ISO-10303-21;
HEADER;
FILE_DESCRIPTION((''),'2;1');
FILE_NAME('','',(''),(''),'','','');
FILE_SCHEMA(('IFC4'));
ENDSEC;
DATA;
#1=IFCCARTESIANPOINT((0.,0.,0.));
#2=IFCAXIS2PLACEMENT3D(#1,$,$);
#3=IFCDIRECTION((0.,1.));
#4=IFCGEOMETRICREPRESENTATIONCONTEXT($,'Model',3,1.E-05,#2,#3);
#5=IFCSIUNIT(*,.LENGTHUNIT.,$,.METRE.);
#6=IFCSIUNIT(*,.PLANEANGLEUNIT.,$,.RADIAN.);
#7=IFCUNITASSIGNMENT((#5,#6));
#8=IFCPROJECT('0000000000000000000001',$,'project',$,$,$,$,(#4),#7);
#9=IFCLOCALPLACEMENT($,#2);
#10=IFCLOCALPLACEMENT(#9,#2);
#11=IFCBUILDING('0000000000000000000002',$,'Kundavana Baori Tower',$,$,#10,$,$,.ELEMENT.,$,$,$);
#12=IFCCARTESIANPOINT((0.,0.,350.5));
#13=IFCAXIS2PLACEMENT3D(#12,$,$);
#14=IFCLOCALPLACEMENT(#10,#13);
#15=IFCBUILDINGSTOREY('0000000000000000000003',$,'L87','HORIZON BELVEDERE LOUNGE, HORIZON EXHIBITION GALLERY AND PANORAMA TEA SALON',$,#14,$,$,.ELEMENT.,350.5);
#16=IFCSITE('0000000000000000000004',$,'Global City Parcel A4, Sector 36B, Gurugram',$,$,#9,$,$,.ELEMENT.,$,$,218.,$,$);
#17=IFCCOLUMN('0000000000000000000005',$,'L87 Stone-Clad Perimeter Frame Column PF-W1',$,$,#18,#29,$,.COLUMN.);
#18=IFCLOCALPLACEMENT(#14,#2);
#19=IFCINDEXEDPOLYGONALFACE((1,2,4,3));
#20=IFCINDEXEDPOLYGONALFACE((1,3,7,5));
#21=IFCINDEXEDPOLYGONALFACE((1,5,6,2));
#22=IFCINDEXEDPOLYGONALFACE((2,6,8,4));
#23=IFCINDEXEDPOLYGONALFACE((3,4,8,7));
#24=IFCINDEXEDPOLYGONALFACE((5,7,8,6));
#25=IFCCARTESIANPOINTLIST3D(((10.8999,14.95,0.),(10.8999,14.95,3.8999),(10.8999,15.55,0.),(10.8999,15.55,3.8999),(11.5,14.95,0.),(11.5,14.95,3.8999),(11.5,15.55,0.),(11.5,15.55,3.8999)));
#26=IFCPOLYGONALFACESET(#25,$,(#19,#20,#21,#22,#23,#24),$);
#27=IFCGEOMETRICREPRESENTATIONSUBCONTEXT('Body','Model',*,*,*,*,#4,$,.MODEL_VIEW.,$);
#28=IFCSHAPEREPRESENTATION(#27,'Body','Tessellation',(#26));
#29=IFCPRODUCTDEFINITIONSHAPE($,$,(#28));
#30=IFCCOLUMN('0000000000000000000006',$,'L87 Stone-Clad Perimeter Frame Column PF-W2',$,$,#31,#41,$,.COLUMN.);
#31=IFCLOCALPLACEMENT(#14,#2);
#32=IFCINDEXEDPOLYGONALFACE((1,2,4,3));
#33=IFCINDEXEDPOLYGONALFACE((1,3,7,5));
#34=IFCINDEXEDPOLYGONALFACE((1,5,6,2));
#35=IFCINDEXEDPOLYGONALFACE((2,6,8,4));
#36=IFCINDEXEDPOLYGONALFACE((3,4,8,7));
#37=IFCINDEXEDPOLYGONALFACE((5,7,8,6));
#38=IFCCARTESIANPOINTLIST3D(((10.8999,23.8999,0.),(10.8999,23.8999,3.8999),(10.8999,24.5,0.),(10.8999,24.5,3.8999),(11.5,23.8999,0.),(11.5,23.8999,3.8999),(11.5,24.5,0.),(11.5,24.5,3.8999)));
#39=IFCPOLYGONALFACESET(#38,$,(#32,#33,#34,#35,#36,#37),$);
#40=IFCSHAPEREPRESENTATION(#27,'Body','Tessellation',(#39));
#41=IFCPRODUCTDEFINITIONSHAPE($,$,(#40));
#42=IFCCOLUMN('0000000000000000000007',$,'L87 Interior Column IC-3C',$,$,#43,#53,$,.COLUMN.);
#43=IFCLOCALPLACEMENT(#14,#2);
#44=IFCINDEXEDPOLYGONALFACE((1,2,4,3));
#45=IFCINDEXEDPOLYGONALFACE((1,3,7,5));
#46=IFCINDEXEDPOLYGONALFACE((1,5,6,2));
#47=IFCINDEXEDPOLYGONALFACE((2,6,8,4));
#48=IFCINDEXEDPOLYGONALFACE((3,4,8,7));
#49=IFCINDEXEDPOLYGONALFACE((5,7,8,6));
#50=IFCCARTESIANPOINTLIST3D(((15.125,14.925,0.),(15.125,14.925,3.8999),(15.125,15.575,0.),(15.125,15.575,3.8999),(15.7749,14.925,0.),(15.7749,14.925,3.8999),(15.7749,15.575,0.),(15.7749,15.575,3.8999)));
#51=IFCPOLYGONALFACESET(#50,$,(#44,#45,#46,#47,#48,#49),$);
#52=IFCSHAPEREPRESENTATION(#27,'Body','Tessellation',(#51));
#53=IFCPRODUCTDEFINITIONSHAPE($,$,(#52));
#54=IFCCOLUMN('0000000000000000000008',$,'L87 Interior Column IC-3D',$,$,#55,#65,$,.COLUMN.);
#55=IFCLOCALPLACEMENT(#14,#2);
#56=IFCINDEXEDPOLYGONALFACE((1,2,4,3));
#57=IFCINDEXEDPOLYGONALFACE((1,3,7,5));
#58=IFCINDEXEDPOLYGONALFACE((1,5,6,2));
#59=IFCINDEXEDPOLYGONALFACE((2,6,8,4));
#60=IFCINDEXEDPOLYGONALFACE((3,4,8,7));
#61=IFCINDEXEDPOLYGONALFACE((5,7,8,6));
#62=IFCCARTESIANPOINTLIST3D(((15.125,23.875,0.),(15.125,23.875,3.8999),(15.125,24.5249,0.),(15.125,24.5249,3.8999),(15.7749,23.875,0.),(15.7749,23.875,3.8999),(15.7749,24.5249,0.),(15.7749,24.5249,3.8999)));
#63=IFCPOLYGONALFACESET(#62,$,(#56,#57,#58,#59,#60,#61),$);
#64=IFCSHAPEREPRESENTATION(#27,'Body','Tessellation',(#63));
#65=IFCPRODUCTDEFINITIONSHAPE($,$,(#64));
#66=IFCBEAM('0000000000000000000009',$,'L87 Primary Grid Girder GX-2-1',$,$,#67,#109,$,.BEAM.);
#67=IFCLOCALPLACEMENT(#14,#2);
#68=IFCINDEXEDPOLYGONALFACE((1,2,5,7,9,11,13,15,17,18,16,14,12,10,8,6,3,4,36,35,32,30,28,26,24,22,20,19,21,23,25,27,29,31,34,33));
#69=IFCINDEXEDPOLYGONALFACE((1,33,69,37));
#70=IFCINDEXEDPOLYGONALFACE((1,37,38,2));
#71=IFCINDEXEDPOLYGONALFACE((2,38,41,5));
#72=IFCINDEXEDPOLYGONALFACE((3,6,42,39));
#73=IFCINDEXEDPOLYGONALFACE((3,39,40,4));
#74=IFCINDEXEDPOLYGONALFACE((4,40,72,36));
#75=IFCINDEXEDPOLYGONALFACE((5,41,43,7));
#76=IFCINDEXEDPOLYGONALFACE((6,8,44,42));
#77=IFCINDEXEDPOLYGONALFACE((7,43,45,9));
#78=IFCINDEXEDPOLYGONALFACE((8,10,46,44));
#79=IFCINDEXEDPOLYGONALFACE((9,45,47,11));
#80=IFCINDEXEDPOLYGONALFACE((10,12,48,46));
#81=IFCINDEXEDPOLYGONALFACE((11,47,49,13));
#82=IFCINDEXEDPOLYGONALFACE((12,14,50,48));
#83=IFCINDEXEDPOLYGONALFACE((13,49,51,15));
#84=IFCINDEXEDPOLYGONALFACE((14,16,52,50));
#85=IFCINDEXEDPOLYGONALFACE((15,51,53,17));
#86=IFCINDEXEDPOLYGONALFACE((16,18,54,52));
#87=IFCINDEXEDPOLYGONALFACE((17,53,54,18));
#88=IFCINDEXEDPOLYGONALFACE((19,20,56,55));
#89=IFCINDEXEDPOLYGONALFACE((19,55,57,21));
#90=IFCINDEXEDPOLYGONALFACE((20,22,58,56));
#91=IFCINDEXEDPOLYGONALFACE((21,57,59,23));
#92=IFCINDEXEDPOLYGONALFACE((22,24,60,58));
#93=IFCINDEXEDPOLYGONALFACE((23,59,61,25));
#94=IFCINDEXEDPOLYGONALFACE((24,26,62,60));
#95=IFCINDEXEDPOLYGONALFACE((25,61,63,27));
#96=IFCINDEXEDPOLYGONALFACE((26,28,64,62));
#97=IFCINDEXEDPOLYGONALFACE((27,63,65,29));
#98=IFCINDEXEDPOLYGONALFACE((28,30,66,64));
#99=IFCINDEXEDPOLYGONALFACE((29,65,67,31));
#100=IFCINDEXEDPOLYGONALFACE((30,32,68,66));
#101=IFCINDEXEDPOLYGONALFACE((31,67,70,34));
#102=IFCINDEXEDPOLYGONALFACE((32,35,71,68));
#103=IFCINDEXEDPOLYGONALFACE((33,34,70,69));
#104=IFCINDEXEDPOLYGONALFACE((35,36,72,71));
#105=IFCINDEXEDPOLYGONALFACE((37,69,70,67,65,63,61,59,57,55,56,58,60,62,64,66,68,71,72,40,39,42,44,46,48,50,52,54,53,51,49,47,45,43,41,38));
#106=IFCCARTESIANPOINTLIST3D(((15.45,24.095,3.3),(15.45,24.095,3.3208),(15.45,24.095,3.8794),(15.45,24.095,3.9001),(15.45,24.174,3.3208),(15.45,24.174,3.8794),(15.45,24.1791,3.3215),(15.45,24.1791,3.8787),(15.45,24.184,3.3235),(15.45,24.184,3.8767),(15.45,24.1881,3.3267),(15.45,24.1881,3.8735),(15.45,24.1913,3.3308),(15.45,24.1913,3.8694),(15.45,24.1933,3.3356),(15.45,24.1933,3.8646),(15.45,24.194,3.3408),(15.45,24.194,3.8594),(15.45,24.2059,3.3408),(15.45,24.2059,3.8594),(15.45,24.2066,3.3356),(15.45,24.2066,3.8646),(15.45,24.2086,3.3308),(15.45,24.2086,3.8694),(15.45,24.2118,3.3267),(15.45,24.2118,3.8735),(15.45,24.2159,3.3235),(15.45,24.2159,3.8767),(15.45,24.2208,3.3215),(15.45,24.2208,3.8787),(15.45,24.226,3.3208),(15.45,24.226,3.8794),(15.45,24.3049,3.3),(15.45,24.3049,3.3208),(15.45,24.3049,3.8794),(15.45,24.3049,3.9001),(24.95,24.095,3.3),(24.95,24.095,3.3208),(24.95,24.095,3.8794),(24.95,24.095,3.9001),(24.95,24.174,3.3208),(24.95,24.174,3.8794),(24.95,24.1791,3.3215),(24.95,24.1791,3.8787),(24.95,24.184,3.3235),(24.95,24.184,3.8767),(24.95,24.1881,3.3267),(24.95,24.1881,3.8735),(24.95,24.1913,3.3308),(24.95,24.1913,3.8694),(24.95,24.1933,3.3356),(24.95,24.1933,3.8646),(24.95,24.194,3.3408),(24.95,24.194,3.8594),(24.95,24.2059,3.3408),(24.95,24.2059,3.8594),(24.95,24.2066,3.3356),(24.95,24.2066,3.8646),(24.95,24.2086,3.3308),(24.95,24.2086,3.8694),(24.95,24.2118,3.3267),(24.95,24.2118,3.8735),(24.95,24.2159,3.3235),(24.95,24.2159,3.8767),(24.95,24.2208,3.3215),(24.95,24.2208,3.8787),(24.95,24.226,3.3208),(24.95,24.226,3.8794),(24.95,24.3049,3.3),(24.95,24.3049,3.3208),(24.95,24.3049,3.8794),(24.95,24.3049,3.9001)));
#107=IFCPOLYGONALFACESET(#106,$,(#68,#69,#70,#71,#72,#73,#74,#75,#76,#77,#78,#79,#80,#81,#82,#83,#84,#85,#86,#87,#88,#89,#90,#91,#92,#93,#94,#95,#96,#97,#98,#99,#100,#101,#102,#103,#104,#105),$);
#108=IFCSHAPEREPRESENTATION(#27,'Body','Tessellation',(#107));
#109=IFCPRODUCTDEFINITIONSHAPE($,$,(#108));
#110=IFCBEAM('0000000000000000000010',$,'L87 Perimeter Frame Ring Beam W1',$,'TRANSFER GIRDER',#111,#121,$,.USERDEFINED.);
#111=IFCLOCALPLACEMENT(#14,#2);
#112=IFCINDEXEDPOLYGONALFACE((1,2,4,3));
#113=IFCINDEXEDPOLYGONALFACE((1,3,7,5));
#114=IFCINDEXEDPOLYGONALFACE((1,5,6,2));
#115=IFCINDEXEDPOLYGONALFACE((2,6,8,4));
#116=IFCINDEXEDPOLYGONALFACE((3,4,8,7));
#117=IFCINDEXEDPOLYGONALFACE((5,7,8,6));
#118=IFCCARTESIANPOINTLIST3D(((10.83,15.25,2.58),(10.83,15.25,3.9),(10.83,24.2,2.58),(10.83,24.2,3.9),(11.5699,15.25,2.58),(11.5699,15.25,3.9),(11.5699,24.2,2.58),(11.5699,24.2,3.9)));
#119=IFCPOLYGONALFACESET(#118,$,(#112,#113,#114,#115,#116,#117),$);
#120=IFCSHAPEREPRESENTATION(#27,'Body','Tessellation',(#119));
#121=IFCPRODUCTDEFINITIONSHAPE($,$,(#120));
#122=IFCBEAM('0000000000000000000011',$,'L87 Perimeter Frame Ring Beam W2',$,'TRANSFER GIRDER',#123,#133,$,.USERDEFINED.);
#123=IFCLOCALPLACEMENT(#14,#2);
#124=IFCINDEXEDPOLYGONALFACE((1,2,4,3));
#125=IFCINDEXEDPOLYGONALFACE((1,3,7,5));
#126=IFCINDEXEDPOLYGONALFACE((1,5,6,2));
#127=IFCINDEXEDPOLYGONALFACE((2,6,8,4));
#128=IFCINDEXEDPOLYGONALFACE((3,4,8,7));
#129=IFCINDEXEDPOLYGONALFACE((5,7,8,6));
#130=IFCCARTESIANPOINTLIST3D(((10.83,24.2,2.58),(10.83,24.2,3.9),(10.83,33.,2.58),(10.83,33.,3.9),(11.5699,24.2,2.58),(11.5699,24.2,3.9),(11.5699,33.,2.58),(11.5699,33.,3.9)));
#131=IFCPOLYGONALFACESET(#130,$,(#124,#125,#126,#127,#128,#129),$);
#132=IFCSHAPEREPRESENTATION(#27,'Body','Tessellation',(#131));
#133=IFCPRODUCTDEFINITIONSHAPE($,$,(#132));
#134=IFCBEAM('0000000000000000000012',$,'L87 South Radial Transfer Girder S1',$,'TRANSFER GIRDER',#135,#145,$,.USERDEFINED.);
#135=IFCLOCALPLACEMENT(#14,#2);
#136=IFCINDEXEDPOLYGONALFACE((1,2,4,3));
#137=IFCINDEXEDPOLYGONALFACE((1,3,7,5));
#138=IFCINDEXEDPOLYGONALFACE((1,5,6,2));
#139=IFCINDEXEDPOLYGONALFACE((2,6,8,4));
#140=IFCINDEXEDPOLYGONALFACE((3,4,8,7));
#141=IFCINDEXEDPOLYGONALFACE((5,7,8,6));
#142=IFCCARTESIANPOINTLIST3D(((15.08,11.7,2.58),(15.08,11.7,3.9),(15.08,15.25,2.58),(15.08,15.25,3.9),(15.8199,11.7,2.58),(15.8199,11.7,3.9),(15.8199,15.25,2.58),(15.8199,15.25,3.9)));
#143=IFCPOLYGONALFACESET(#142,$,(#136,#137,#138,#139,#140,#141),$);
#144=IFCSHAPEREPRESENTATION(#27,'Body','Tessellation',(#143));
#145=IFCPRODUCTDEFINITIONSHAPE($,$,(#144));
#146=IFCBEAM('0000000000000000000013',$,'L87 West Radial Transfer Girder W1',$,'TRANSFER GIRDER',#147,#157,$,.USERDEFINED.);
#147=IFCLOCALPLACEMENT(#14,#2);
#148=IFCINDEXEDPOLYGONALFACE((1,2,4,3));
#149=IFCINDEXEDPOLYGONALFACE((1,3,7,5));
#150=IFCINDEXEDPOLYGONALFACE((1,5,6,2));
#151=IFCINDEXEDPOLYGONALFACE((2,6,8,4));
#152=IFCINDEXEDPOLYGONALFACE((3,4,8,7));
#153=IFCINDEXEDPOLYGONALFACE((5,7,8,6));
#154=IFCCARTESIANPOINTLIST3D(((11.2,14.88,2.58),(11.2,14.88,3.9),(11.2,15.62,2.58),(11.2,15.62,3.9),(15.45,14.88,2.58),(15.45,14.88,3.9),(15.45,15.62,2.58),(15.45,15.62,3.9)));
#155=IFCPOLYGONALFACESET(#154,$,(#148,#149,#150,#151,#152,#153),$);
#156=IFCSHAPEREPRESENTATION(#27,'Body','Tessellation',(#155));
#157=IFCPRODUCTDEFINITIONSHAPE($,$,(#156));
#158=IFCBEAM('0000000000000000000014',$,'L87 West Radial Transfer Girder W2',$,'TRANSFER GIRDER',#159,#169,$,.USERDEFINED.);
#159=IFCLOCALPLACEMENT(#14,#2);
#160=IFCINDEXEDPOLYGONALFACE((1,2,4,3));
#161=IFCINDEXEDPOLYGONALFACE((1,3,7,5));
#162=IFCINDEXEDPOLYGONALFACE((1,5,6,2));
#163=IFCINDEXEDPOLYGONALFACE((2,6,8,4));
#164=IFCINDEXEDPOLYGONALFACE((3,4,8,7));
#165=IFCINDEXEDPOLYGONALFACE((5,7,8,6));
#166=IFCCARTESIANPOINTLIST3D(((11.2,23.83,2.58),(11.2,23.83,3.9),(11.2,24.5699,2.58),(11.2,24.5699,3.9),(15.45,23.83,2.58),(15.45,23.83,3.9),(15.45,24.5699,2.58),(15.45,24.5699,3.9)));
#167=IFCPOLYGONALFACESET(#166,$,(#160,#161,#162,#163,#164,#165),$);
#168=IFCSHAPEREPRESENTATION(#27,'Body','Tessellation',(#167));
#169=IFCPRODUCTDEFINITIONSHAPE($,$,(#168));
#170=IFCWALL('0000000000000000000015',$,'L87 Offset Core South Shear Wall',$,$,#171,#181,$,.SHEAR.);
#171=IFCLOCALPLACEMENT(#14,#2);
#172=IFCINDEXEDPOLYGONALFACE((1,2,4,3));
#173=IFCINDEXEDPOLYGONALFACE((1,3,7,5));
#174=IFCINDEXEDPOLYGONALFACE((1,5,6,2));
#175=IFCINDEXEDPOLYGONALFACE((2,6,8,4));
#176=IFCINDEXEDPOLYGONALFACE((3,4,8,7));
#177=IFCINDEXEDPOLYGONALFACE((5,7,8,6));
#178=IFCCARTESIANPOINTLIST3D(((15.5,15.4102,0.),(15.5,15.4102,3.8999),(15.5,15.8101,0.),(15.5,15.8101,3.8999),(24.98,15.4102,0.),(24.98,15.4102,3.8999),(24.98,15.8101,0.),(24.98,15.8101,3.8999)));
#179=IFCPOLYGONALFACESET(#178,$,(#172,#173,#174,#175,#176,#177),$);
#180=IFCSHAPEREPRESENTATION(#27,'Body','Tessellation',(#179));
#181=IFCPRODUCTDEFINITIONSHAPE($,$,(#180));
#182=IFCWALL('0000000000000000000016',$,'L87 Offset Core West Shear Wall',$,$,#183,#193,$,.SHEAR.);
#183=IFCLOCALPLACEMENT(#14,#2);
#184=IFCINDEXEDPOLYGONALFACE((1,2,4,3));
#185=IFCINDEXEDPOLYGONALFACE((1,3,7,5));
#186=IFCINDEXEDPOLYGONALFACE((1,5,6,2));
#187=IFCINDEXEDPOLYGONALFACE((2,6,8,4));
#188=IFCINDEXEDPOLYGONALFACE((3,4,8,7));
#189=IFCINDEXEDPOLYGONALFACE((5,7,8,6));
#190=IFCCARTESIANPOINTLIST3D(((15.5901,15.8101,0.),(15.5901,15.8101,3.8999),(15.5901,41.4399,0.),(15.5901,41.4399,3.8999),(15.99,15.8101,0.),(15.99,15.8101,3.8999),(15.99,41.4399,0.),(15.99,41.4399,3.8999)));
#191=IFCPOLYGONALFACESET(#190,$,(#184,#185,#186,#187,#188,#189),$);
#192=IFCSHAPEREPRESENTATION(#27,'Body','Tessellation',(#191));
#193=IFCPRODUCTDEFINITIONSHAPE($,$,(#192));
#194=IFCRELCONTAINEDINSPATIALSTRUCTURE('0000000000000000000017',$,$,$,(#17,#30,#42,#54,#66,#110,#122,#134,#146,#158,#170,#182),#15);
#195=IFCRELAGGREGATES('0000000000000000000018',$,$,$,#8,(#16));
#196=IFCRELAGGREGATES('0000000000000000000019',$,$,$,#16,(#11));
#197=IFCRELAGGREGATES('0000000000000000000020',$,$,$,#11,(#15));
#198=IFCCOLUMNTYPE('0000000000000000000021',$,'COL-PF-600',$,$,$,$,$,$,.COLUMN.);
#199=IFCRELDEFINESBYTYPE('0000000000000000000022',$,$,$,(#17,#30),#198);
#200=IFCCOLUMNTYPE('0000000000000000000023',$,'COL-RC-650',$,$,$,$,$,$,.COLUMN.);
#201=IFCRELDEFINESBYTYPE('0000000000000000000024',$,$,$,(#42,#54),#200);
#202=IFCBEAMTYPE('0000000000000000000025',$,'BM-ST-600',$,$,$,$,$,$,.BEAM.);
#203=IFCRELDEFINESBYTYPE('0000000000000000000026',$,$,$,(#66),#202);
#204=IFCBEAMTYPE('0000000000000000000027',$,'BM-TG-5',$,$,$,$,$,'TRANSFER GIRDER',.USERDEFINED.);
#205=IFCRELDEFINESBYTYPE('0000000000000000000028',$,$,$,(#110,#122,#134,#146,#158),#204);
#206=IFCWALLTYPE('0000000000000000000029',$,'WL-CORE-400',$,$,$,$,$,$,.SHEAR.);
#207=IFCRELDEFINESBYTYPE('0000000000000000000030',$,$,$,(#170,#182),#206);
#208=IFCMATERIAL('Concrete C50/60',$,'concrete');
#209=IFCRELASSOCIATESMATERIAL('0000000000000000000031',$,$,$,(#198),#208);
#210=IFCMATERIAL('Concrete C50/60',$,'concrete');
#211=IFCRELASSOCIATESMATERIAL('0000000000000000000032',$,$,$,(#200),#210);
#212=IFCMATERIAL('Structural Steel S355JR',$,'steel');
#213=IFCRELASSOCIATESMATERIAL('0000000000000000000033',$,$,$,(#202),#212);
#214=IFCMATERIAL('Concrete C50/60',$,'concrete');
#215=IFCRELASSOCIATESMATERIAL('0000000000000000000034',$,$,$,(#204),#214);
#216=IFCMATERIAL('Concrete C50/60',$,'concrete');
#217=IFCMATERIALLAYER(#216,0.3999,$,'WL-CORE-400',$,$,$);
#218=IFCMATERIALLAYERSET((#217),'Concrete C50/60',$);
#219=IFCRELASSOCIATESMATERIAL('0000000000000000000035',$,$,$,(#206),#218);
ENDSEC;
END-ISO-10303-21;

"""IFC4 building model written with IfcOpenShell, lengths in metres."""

from ifc_helpers import new_model, si_unit, direction, frame, frame_2d, origin, origin_2d, place, context, subcontext, project, spatial, rectangle, i_section, extrude, material, layer, layer_set, material_profile, profile_set, type_object, element, save


model = new_model("IFC4")

# Units and contexts
model_context = context("Model", 3, precision=1e-05, world=origin(), true_north=direction((0.0, 1.0)))
body_context = subcontext(model_context, "Body", "Model", "MODEL_VIEW")
ifc_project = project(units=[si_unit("LENGTHUNIT", "METRE"), si_unit("PLANEANGLEUNIT", "RADIAN")], contexts=[model_context])

# Site, building, storey
site_placement = place(None, origin())
site = spatial("IfcSite", under=ifc_project, at=site_placement, Name="Global City Parcel A4, Sector 36B, Gurugram", CompositionType="ELEMENT", RefElevation=218.0)
building_placement = place(site_placement, origin())
building = spatial("IfcBuilding", under=site, at=building_placement, Name="Kundavana Baori Tower", CompositionType="ELEMENT")
storey_placement = place(building_placement, frame((0.0, 0.0, 350.5)))
storey = spatial("IfcBuildingStorey", under=building, at=storey_placement, Name="L87", Description="HORIZON BELVEDERE LOUNGE, HORIZON EXHIBITION GALLERY AND PANORAMA TEA SALON", CompositionType="ELEMENT", Elevation=350.5)

# Columns
ifc_material_1 = material(Name="Concrete C50/60", Category="concrete")
ifc_material_profile_1 = material_profile(ifc_material_1, rectangle(XDim=0.6001, YDim=0.6001, at=origin_2d()), Name="RC PF 600x600")
ifc_profile_set_1 = profile_set([ifc_material_profile_1], Name="Concrete C50/60")
column_type_1 = type_object("IfcColumnType", Name="COL-PF-600", PredefinedType="COLUMN", material=ifc_profile_set_1)
for number, where, z_axis, x_axis, name in (
    (1, (11.2, 15.25, 0.0), (0.0, 0.0, 1.0), (1.0, 0.0, 0.0), "L87 Stone-Clad Perimeter Frame Column PF-W1"),
    (2, (11.2, 24.2, 0.0), (0.0, 0.0, 1.0), (1.0, 0.0, 0.0), "L87 Stone-Clad Perimeter Frame Column PF-W2"),
):
    element("IfcColumn", number, at=place(storey_placement, frame(where, z_axis=z_axis, x_axis=x_axis)), inside=storey, type_object=column_type_1, Name=name, PredefinedType="COLUMN", context=body_context, shape_type="SweptSolid", body=[
        extrude(rectangle(XDim=0.6001, YDim=0.6001, at=origin_2d()), origin(), (0.0, 0.0, 1.0), 3.8999),
    ])
ifc_material_2 = material(Name="Concrete C50/60", Category="concrete")
ifc_material_profile_2 = material_profile(ifc_material_2, rectangle(XDim=0.6499, YDim=0.6499, at=origin_2d()), Name="RC 650x650")
ifc_profile_set_2 = profile_set([ifc_material_profile_2], Name="Concrete C50/60")
column_type_2 = type_object("IfcColumnType", Name="COL-RC-650", PredefinedType="COLUMN", material=ifc_profile_set_2)
for number, where, z_axis, x_axis, name in (
    (3, (15.45, 15.25, 0.0), (0.0, 0.0, 1.0), (1.0, 0.0, 0.0), "L87 Interior Column IC-3C"),
    (4, (15.45, 24.2, 0.0), (0.0, 0.0, 1.0), (1.0, 0.0, 0.0), "L87 Interior Column IC-3D"),
):
    element("IfcColumn", number, at=place(storey_placement, frame(where, z_axis=z_axis, x_axis=x_axis)), inside=storey, type_object=column_type_2, Name=name, PredefinedType="COLUMN", context=body_context, shape_type="SweptSolid", body=[
        extrude(rectangle(XDim=0.6499, YDim=0.6499, at=origin_2d()), origin(), (0.0, 0.0, 1.0), 3.8999),
    ])

# Beams
ifc_material_3 = material(Name="Structural Steel S355JR", Category="steel")
ifc_material_profile_3 = material_profile(ifc_material_3, i_section(OverallWidth=0.21, OverallDepth=0.6001, WebThickness=0.012, FlangeThickness=0.0208, FilletRadius=0.02, at=origin_2d()), Name="ISMB 600")
ifc_profile_set_3 = profile_set([ifc_material_profile_3], Name="Structural Steel S355JR")
beam_type_1 = type_object("IfcBeamType", Name="BM-ST-600", PredefinedType="BEAM", material=ifc_profile_set_3)
beam_1_placement = place(storey_placement, frame((15.45, 24.2, 3.6001), z_axis=(1.0, 0.0, 0.0), x_axis=(0.0, 1.0, 0.0)))
element("IfcBeam", 5, at=beam_1_placement, inside=storey, type_object=beam_type_1, Name="L87 Primary Grid Girder GX-2-1", PredefinedType="BEAM", context=body_context, shape_type="SweptSolid", body=[
    extrude(i_section(OverallWidth=0.21, OverallDepth=0.6001, WebThickness=0.012, FlangeThickness=0.0208, FilletRadius=0.02, at=origin_2d()), origin(), (0.0, 0.0, 1.0), 9.5),
])
ifc_material_4 = material(Name="Concrete C50/60", Category="concrete")
ifc_material_profile_4 = material_profile(ifc_material_4, rectangle(XDim=0.74, YDim=1.3201, at=origin_2d()), Name="BM-TG-5")
ifc_profile_set_4 = profile_set([ifc_material_profile_4], Name="Concrete C50/60")
beam_type_2 = type_object("IfcBeamType", Name="BM-TG-5", ElementType="TRANSFER GIRDER", PredefinedType="USERDEFINED", material=ifc_profile_set_4)
beam_2_placement = place(storey_placement, frame((11.2, 15.25, 3.24), z_axis=(0.0, 1.0, 0.0), x_axis=(-1.0, 0.0, 0.0)))
element("IfcBeam", 6, at=beam_2_placement, inside=storey, type_object=beam_type_2, Name="L87 Perimeter Frame Ring Beam W1", ObjectType="TRANSFER GIRDER", PredefinedType="USERDEFINED", context=body_context, shape_type="SweptSolid", body=[
    extrude(rectangle(XDim=0.74, YDim=1.3201, at=origin_2d()), origin(), (0.0, 0.0, 1.0), 8.95),
])
beam_3_placement = place(storey_placement, frame((11.2, 24.2, 3.24), z_axis=(0.0, 1.0, 0.0), x_axis=(-1.0, 0.0, 0.0)))
element("IfcBeam", 7, at=beam_3_placement, inside=storey, type_object=beam_type_2, Name="L87 Perimeter Frame Ring Beam W2", ObjectType="TRANSFER GIRDER", PredefinedType="USERDEFINED", context=body_context, shape_type="SweptSolid", body=[
    extrude(rectangle(XDim=0.74, YDim=1.3201, at=origin_2d()), origin(), (0.0, 0.0, 1.0), 8.8),
])
beam_4_placement = place(storey_placement, frame((15.45, 15.25, 3.24), z_axis=(0.0, -1.0, 0.0), x_axis=(1.0, 0.0, 0.0)))
element("IfcBeam", 8, at=beam_4_placement, inside=storey, type_object=beam_type_2, Name="L87 South Radial Transfer Girder S1", ObjectType="TRANSFER GIRDER", PredefinedType="USERDEFINED", context=body_context, shape_type="SweptSolid", body=[
    extrude(rectangle(XDim=0.74, YDim=1.3201, at=origin_2d()), origin(), (0.0, 0.0, 1.0), 3.55),
])
for number, where, z_axis, x_axis, name in (
    (9, (15.45, 15.25, 3.24), (-1.0, 0.0, 0.0), (0.0, -1.0, 0.0), "L87 West Radial Transfer Girder W1"),
    (10, (15.45, 24.2, 3.24), (-1.0, 0.0, 0.0), (0.0, -1.0, 0.0), "L87 West Radial Transfer Girder W2"),
):
    element("IfcBeam", number, at=place(storey_placement, frame(where, z_axis=z_axis, x_axis=x_axis)), inside=storey, type_object=beam_type_2, Name=name, ObjectType="TRANSFER GIRDER", PredefinedType="USERDEFINED", context=body_context, shape_type="SweptSolid", body=[
        extrude(rectangle(XDim=0.74, YDim=1.3201, at=origin_2d()), origin(), (0.0, 0.0, 1.0), 4.25),
    ])

# Walls
ifc_material_5 = material(Name="Concrete C50/60", Category="concrete")
ifc_layer_1 = layer(ifc_material_5, 0.3999, Name="WL-CORE-400")
ifc_layer_set_1 = layer_set([ifc_layer_1], Name="Concrete C50/60")
wall_type_1 = type_object("IfcWallType", Name="WL-CORE-400", PredefinedType="SHEAR", material=ifc_layer_set_1)
wall_1_placement = place(storey_placement, frame((15.5, 15.6101, 0.0), z_axis=(0.0, 0.0, 1.0), x_axis=(1.0, 0.0, 0.0)))
element("IfcWall", 11, at=wall_1_placement, inside=storey, type_object=wall_type_1, Name="L87 Offset Core South Shear Wall", PredefinedType="SHEAR", context=body_context, shape_type="SweptSolid", body=[
    extrude(rectangle(XDim=9.48, YDim=0.3999, at=frame_2d((4.74, 0.0))), origin(), (0.0, 0.0, 1.0), 3.8999),
])
wall_2_placement = place(storey_placement, frame((15.79, 15.8101, 0.0), z_axis=(0.0, 0.0, 1.0), x_axis=(0.0, 1.0, 0.0)))
element("IfcWall", 12, at=wall_2_placement, inside=storey, type_object=wall_type_1, Name="L87 Offset Core West Shear Wall", PredefinedType="SHEAR", context=body_context, shape_type="SweptSolid", body=[
    extrude(rectangle(XDim=25.6299, YDim=0.3999, at=frame_2d((12.8149, 0.0))), origin(), (0.0, 0.0, 1.0), 3.8999),
])

save(model, "model.ifc")
